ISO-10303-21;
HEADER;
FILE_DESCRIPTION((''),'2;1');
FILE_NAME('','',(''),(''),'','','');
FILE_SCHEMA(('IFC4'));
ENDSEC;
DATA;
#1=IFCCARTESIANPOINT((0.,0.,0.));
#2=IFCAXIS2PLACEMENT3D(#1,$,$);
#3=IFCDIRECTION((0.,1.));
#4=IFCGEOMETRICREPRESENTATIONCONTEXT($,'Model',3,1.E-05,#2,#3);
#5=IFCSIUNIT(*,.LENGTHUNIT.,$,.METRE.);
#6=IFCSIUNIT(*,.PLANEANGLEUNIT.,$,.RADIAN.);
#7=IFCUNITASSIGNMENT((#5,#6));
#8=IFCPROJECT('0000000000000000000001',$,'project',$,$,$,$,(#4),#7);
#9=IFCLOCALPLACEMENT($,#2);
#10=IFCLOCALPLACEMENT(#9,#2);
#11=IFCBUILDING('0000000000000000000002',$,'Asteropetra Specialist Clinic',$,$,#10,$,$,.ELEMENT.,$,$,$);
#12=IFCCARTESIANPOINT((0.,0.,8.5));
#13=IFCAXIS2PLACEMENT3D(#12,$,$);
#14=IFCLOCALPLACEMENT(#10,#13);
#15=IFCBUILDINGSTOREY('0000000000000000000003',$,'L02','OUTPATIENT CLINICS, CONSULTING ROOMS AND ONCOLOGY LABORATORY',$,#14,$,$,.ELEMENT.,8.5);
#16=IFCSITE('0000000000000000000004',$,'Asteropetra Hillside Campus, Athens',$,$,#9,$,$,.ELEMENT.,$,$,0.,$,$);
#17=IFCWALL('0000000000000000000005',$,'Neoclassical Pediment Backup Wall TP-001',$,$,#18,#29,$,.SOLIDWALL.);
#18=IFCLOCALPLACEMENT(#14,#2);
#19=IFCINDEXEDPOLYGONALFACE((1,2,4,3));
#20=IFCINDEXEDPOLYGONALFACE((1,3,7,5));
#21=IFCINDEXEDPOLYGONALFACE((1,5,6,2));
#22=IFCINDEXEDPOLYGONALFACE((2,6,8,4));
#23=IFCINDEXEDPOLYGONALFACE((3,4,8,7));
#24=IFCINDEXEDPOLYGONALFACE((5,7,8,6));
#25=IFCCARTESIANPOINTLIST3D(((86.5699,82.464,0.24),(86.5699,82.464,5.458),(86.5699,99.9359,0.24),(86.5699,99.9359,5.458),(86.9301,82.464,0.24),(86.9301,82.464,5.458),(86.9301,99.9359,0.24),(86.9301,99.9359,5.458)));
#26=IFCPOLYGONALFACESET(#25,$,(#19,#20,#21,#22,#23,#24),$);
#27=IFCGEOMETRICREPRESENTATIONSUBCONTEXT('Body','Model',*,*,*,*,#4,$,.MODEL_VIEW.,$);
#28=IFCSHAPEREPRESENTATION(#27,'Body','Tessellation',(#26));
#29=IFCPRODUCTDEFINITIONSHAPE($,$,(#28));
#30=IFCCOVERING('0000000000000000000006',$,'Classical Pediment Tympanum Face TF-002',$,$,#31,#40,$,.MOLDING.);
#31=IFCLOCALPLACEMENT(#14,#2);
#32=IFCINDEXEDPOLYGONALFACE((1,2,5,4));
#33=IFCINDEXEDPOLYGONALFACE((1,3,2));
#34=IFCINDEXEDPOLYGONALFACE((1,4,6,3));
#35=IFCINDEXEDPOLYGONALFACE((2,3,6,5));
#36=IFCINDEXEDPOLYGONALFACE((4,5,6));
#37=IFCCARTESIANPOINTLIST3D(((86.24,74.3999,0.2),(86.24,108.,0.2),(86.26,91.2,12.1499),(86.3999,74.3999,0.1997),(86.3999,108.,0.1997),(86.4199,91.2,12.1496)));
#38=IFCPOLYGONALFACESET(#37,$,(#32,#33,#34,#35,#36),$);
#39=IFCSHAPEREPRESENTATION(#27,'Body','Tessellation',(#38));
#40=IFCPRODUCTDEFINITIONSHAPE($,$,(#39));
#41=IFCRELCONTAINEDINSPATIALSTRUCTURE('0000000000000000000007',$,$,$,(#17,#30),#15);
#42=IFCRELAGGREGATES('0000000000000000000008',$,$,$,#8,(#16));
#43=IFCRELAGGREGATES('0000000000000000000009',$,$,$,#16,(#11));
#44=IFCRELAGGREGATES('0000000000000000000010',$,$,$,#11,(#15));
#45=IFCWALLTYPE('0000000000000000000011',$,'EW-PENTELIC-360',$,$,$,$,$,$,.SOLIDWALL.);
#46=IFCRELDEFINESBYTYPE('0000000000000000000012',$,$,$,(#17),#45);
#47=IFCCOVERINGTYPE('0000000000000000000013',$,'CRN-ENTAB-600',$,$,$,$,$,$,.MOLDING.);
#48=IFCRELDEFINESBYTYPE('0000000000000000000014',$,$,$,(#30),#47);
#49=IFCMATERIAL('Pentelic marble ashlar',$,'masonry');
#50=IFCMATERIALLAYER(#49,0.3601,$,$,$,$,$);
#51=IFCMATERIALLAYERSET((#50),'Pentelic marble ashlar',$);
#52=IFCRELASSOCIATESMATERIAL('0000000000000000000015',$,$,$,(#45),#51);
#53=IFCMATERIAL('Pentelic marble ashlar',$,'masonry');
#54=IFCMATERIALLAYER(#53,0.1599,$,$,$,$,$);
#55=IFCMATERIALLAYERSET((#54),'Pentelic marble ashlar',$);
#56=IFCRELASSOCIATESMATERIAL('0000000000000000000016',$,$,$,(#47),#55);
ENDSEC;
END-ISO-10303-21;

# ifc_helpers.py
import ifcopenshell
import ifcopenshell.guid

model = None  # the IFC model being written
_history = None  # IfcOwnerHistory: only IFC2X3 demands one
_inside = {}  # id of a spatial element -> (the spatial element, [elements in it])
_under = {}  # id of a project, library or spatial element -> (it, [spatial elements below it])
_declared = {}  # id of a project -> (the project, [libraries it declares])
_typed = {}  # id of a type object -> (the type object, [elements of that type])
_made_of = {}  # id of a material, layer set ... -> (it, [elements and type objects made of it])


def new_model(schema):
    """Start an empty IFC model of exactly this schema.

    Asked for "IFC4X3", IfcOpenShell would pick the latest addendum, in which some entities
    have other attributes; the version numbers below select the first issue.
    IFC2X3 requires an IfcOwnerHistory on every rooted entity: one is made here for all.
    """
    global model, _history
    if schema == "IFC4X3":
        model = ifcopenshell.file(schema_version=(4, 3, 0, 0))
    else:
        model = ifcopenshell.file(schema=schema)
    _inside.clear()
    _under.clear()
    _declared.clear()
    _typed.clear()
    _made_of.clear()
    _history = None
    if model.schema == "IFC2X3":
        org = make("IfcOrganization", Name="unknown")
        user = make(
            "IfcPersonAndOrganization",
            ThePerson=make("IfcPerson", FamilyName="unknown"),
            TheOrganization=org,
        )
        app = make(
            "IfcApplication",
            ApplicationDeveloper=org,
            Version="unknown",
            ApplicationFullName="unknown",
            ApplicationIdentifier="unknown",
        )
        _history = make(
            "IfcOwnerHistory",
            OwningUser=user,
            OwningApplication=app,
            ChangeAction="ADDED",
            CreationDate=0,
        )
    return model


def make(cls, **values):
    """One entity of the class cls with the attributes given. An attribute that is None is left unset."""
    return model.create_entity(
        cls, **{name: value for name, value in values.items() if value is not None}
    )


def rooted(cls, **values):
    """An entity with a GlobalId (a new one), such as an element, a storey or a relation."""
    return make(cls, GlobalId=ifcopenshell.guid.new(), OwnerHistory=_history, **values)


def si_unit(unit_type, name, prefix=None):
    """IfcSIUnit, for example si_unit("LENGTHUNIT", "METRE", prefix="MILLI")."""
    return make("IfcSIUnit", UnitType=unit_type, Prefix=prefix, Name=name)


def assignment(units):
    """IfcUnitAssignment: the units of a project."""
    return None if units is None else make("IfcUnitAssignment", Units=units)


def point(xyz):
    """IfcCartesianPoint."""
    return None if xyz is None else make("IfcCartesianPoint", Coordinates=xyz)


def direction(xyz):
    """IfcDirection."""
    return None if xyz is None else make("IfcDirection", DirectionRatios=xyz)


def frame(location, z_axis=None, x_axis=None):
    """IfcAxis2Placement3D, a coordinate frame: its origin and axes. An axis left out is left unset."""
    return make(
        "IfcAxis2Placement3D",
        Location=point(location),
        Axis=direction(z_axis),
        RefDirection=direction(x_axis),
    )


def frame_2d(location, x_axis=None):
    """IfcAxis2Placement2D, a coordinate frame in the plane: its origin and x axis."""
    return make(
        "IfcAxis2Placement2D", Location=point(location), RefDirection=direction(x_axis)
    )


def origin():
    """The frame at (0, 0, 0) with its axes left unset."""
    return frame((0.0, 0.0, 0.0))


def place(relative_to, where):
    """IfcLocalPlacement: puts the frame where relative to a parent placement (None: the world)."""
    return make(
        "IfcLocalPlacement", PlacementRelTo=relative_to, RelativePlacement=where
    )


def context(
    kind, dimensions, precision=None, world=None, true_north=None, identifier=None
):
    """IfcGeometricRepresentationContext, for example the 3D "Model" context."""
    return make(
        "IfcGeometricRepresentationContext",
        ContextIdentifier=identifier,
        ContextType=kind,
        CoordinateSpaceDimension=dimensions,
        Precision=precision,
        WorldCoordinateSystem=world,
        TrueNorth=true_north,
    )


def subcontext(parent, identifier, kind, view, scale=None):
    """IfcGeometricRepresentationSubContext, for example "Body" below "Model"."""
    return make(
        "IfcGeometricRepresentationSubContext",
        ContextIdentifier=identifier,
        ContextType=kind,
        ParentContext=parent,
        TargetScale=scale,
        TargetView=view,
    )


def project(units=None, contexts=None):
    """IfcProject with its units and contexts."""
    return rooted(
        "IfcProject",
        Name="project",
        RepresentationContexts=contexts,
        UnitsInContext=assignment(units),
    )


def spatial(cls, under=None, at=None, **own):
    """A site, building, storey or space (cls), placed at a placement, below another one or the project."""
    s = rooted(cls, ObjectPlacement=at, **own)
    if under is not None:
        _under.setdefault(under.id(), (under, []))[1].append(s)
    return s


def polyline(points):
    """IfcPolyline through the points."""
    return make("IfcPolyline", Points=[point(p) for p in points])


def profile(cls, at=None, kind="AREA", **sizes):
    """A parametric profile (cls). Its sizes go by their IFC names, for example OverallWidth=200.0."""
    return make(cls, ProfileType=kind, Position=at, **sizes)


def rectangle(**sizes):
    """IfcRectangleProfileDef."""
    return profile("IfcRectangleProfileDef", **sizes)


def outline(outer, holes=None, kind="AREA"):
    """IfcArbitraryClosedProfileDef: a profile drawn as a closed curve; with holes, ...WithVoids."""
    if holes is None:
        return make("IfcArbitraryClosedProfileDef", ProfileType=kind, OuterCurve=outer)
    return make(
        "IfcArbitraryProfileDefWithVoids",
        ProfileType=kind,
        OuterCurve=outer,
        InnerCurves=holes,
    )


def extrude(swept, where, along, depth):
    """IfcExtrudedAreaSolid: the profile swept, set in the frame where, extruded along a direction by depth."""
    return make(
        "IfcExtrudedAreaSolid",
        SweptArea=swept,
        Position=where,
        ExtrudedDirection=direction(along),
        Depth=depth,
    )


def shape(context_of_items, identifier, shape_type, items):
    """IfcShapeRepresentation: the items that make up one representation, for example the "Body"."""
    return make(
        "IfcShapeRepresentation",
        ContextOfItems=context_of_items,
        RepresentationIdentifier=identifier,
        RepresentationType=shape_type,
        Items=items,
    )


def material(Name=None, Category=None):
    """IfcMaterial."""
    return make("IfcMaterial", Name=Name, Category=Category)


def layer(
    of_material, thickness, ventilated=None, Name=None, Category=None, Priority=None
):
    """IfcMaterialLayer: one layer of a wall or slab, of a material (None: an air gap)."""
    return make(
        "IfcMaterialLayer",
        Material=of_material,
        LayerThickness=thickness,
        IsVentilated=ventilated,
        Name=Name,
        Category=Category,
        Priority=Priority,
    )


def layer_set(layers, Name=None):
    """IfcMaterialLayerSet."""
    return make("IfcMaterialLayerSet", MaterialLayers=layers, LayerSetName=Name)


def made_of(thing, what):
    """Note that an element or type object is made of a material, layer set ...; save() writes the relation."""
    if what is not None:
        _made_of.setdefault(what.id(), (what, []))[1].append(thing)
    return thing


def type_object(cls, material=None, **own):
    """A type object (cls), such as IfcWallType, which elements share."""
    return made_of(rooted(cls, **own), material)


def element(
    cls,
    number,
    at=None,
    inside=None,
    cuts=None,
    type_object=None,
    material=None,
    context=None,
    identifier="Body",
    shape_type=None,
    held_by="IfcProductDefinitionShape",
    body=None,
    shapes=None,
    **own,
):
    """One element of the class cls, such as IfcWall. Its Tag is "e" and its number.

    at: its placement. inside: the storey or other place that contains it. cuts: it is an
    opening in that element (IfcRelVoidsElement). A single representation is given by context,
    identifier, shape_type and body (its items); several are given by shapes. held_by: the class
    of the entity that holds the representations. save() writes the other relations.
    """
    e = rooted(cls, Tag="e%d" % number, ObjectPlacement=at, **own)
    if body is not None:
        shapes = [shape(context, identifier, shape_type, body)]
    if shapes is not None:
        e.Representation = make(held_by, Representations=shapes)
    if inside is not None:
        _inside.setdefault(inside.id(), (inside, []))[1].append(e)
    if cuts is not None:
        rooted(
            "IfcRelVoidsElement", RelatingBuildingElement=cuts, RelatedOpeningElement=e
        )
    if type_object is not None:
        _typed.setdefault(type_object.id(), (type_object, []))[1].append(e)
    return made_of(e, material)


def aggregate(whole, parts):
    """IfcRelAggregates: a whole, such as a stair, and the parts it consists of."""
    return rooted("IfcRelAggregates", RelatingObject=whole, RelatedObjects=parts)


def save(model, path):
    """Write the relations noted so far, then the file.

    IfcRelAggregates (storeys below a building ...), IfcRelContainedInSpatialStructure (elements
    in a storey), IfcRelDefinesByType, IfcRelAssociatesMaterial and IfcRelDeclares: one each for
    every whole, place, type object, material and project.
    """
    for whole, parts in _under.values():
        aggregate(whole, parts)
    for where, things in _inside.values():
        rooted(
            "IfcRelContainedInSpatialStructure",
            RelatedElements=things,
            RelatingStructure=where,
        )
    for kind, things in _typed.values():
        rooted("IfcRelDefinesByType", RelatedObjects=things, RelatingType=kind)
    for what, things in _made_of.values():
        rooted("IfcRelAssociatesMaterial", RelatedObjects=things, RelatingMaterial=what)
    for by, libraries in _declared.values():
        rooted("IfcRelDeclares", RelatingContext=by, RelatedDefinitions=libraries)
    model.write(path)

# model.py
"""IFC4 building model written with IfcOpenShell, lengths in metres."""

from ifc_helpers import new_model, si_unit, direction, frame, frame_2d, origin, place, context, subcontext, project, spatial, polyline, rectangle, outline, extrude, material, layer, layer_set, type_object, element, save


model = new_model("IFC4")

# Units and contexts
model_context = context("Model", 3, precision=1e-05, world=origin(), true_north=direction((0.0, 1.0)))
body_context = subcontext(model_context, "Body", "Model", "MODEL_VIEW")
ifc_project = project(units=[si_unit("LENGTHUNIT", "METRE"), si_unit("PLANEANGLEUNIT", "RADIAN")], contexts=[model_context])

# Site, building, storey
site_placement = place(None, origin())
site = spatial("IfcSite", under=ifc_project, at=site_placement, Name="Asteropetra Hillside Campus, Athens", CompositionType="ELEMENT", RefElevation=0.0)
building_placement = place(site_placement, origin())
building = spatial("IfcBuilding", under=site, at=building_placement, Name="Asteropetra Specialist Clinic", CompositionType="ELEMENT")
storey_placement = place(building_placement, frame((0.0, 0.0, 8.5)))
storey = spatial("IfcBuildingStorey", under=building, at=storey_placement, Name="L02", Description="OUTPATIENT CLINICS, CONSULTING ROOMS AND ONCOLOGY LABORATORY", CompositionType="ELEMENT", Elevation=8.5)

# Wall
ifc_material_1 = material(Name="Pentelic marble ashlar", Category="masonry")
ifc_layer_1 = layer(ifc_material_1, 0.3601)
ifc_layer_set_1 = layer_set([ifc_layer_1], Name="Pentelic marble ashlar")
wall_type = type_object("IfcWallType", Name="EW-PENTELIC-360", PredefinedType="SOLIDWALL", material=ifc_layer_set_1)
wall_placement = place(storey_placement, frame((86.75, 82.4641, 0.24), z_axis=(0.0, 0.0, 1.0), x_axis=(0.0, 1.0, 0.0)))
element("IfcWall", 1, at=wall_placement, inside=storey, type_object=wall_type, Name="Neoclassical Pediment Backup Wall TP-001", PredefinedType="SOLIDWALL", context=body_context, shape_type="SweptSolid", body=[
    extrude(rectangle(XDim=17.4719, YDim=0.3601, at=frame_2d((8.7358, 0.0))), origin(), (0.0, 0.0, 1.0), 5.218),
])

# Covering
ifc_material_2 = material(Name="Pentelic marble ashlar", Category="masonry")
ifc_layer_2 = layer(ifc_material_2, 0.1599)
ifc_layer_set_2 = layer_set([ifc_layer_2], Name="Pentelic marble ashlar")
covering_type = type_object("IfcCoveringType", Name="CRN-ENTAB-600", PredefinedType="MOLDING", material=ifc_layer_set_2)
covering_placement = place(storey_placement, frame((86.24, 74.3999, 0.2), z_axis=(-0.999999, 0.0, 0.001675), x_axis=(0.0, 1.0, 0.0)))
element("IfcCovering", 2, at=covering_placement, inside=storey, type_object=covering_type, Name="Classical Pediment Tympanum Face TF-002", PredefinedType="MOLDING", context=body_context, shape_type="SweptSolid", body=[
    extrude(outline(polyline([(0.0, 0.0), (33.6001, 0.0), (16.8, -11.95), (0.0, 0.0)])), origin(), (0.0, 0.0, -1.0), 0.1599),
])

save(model, "model.ifc")
